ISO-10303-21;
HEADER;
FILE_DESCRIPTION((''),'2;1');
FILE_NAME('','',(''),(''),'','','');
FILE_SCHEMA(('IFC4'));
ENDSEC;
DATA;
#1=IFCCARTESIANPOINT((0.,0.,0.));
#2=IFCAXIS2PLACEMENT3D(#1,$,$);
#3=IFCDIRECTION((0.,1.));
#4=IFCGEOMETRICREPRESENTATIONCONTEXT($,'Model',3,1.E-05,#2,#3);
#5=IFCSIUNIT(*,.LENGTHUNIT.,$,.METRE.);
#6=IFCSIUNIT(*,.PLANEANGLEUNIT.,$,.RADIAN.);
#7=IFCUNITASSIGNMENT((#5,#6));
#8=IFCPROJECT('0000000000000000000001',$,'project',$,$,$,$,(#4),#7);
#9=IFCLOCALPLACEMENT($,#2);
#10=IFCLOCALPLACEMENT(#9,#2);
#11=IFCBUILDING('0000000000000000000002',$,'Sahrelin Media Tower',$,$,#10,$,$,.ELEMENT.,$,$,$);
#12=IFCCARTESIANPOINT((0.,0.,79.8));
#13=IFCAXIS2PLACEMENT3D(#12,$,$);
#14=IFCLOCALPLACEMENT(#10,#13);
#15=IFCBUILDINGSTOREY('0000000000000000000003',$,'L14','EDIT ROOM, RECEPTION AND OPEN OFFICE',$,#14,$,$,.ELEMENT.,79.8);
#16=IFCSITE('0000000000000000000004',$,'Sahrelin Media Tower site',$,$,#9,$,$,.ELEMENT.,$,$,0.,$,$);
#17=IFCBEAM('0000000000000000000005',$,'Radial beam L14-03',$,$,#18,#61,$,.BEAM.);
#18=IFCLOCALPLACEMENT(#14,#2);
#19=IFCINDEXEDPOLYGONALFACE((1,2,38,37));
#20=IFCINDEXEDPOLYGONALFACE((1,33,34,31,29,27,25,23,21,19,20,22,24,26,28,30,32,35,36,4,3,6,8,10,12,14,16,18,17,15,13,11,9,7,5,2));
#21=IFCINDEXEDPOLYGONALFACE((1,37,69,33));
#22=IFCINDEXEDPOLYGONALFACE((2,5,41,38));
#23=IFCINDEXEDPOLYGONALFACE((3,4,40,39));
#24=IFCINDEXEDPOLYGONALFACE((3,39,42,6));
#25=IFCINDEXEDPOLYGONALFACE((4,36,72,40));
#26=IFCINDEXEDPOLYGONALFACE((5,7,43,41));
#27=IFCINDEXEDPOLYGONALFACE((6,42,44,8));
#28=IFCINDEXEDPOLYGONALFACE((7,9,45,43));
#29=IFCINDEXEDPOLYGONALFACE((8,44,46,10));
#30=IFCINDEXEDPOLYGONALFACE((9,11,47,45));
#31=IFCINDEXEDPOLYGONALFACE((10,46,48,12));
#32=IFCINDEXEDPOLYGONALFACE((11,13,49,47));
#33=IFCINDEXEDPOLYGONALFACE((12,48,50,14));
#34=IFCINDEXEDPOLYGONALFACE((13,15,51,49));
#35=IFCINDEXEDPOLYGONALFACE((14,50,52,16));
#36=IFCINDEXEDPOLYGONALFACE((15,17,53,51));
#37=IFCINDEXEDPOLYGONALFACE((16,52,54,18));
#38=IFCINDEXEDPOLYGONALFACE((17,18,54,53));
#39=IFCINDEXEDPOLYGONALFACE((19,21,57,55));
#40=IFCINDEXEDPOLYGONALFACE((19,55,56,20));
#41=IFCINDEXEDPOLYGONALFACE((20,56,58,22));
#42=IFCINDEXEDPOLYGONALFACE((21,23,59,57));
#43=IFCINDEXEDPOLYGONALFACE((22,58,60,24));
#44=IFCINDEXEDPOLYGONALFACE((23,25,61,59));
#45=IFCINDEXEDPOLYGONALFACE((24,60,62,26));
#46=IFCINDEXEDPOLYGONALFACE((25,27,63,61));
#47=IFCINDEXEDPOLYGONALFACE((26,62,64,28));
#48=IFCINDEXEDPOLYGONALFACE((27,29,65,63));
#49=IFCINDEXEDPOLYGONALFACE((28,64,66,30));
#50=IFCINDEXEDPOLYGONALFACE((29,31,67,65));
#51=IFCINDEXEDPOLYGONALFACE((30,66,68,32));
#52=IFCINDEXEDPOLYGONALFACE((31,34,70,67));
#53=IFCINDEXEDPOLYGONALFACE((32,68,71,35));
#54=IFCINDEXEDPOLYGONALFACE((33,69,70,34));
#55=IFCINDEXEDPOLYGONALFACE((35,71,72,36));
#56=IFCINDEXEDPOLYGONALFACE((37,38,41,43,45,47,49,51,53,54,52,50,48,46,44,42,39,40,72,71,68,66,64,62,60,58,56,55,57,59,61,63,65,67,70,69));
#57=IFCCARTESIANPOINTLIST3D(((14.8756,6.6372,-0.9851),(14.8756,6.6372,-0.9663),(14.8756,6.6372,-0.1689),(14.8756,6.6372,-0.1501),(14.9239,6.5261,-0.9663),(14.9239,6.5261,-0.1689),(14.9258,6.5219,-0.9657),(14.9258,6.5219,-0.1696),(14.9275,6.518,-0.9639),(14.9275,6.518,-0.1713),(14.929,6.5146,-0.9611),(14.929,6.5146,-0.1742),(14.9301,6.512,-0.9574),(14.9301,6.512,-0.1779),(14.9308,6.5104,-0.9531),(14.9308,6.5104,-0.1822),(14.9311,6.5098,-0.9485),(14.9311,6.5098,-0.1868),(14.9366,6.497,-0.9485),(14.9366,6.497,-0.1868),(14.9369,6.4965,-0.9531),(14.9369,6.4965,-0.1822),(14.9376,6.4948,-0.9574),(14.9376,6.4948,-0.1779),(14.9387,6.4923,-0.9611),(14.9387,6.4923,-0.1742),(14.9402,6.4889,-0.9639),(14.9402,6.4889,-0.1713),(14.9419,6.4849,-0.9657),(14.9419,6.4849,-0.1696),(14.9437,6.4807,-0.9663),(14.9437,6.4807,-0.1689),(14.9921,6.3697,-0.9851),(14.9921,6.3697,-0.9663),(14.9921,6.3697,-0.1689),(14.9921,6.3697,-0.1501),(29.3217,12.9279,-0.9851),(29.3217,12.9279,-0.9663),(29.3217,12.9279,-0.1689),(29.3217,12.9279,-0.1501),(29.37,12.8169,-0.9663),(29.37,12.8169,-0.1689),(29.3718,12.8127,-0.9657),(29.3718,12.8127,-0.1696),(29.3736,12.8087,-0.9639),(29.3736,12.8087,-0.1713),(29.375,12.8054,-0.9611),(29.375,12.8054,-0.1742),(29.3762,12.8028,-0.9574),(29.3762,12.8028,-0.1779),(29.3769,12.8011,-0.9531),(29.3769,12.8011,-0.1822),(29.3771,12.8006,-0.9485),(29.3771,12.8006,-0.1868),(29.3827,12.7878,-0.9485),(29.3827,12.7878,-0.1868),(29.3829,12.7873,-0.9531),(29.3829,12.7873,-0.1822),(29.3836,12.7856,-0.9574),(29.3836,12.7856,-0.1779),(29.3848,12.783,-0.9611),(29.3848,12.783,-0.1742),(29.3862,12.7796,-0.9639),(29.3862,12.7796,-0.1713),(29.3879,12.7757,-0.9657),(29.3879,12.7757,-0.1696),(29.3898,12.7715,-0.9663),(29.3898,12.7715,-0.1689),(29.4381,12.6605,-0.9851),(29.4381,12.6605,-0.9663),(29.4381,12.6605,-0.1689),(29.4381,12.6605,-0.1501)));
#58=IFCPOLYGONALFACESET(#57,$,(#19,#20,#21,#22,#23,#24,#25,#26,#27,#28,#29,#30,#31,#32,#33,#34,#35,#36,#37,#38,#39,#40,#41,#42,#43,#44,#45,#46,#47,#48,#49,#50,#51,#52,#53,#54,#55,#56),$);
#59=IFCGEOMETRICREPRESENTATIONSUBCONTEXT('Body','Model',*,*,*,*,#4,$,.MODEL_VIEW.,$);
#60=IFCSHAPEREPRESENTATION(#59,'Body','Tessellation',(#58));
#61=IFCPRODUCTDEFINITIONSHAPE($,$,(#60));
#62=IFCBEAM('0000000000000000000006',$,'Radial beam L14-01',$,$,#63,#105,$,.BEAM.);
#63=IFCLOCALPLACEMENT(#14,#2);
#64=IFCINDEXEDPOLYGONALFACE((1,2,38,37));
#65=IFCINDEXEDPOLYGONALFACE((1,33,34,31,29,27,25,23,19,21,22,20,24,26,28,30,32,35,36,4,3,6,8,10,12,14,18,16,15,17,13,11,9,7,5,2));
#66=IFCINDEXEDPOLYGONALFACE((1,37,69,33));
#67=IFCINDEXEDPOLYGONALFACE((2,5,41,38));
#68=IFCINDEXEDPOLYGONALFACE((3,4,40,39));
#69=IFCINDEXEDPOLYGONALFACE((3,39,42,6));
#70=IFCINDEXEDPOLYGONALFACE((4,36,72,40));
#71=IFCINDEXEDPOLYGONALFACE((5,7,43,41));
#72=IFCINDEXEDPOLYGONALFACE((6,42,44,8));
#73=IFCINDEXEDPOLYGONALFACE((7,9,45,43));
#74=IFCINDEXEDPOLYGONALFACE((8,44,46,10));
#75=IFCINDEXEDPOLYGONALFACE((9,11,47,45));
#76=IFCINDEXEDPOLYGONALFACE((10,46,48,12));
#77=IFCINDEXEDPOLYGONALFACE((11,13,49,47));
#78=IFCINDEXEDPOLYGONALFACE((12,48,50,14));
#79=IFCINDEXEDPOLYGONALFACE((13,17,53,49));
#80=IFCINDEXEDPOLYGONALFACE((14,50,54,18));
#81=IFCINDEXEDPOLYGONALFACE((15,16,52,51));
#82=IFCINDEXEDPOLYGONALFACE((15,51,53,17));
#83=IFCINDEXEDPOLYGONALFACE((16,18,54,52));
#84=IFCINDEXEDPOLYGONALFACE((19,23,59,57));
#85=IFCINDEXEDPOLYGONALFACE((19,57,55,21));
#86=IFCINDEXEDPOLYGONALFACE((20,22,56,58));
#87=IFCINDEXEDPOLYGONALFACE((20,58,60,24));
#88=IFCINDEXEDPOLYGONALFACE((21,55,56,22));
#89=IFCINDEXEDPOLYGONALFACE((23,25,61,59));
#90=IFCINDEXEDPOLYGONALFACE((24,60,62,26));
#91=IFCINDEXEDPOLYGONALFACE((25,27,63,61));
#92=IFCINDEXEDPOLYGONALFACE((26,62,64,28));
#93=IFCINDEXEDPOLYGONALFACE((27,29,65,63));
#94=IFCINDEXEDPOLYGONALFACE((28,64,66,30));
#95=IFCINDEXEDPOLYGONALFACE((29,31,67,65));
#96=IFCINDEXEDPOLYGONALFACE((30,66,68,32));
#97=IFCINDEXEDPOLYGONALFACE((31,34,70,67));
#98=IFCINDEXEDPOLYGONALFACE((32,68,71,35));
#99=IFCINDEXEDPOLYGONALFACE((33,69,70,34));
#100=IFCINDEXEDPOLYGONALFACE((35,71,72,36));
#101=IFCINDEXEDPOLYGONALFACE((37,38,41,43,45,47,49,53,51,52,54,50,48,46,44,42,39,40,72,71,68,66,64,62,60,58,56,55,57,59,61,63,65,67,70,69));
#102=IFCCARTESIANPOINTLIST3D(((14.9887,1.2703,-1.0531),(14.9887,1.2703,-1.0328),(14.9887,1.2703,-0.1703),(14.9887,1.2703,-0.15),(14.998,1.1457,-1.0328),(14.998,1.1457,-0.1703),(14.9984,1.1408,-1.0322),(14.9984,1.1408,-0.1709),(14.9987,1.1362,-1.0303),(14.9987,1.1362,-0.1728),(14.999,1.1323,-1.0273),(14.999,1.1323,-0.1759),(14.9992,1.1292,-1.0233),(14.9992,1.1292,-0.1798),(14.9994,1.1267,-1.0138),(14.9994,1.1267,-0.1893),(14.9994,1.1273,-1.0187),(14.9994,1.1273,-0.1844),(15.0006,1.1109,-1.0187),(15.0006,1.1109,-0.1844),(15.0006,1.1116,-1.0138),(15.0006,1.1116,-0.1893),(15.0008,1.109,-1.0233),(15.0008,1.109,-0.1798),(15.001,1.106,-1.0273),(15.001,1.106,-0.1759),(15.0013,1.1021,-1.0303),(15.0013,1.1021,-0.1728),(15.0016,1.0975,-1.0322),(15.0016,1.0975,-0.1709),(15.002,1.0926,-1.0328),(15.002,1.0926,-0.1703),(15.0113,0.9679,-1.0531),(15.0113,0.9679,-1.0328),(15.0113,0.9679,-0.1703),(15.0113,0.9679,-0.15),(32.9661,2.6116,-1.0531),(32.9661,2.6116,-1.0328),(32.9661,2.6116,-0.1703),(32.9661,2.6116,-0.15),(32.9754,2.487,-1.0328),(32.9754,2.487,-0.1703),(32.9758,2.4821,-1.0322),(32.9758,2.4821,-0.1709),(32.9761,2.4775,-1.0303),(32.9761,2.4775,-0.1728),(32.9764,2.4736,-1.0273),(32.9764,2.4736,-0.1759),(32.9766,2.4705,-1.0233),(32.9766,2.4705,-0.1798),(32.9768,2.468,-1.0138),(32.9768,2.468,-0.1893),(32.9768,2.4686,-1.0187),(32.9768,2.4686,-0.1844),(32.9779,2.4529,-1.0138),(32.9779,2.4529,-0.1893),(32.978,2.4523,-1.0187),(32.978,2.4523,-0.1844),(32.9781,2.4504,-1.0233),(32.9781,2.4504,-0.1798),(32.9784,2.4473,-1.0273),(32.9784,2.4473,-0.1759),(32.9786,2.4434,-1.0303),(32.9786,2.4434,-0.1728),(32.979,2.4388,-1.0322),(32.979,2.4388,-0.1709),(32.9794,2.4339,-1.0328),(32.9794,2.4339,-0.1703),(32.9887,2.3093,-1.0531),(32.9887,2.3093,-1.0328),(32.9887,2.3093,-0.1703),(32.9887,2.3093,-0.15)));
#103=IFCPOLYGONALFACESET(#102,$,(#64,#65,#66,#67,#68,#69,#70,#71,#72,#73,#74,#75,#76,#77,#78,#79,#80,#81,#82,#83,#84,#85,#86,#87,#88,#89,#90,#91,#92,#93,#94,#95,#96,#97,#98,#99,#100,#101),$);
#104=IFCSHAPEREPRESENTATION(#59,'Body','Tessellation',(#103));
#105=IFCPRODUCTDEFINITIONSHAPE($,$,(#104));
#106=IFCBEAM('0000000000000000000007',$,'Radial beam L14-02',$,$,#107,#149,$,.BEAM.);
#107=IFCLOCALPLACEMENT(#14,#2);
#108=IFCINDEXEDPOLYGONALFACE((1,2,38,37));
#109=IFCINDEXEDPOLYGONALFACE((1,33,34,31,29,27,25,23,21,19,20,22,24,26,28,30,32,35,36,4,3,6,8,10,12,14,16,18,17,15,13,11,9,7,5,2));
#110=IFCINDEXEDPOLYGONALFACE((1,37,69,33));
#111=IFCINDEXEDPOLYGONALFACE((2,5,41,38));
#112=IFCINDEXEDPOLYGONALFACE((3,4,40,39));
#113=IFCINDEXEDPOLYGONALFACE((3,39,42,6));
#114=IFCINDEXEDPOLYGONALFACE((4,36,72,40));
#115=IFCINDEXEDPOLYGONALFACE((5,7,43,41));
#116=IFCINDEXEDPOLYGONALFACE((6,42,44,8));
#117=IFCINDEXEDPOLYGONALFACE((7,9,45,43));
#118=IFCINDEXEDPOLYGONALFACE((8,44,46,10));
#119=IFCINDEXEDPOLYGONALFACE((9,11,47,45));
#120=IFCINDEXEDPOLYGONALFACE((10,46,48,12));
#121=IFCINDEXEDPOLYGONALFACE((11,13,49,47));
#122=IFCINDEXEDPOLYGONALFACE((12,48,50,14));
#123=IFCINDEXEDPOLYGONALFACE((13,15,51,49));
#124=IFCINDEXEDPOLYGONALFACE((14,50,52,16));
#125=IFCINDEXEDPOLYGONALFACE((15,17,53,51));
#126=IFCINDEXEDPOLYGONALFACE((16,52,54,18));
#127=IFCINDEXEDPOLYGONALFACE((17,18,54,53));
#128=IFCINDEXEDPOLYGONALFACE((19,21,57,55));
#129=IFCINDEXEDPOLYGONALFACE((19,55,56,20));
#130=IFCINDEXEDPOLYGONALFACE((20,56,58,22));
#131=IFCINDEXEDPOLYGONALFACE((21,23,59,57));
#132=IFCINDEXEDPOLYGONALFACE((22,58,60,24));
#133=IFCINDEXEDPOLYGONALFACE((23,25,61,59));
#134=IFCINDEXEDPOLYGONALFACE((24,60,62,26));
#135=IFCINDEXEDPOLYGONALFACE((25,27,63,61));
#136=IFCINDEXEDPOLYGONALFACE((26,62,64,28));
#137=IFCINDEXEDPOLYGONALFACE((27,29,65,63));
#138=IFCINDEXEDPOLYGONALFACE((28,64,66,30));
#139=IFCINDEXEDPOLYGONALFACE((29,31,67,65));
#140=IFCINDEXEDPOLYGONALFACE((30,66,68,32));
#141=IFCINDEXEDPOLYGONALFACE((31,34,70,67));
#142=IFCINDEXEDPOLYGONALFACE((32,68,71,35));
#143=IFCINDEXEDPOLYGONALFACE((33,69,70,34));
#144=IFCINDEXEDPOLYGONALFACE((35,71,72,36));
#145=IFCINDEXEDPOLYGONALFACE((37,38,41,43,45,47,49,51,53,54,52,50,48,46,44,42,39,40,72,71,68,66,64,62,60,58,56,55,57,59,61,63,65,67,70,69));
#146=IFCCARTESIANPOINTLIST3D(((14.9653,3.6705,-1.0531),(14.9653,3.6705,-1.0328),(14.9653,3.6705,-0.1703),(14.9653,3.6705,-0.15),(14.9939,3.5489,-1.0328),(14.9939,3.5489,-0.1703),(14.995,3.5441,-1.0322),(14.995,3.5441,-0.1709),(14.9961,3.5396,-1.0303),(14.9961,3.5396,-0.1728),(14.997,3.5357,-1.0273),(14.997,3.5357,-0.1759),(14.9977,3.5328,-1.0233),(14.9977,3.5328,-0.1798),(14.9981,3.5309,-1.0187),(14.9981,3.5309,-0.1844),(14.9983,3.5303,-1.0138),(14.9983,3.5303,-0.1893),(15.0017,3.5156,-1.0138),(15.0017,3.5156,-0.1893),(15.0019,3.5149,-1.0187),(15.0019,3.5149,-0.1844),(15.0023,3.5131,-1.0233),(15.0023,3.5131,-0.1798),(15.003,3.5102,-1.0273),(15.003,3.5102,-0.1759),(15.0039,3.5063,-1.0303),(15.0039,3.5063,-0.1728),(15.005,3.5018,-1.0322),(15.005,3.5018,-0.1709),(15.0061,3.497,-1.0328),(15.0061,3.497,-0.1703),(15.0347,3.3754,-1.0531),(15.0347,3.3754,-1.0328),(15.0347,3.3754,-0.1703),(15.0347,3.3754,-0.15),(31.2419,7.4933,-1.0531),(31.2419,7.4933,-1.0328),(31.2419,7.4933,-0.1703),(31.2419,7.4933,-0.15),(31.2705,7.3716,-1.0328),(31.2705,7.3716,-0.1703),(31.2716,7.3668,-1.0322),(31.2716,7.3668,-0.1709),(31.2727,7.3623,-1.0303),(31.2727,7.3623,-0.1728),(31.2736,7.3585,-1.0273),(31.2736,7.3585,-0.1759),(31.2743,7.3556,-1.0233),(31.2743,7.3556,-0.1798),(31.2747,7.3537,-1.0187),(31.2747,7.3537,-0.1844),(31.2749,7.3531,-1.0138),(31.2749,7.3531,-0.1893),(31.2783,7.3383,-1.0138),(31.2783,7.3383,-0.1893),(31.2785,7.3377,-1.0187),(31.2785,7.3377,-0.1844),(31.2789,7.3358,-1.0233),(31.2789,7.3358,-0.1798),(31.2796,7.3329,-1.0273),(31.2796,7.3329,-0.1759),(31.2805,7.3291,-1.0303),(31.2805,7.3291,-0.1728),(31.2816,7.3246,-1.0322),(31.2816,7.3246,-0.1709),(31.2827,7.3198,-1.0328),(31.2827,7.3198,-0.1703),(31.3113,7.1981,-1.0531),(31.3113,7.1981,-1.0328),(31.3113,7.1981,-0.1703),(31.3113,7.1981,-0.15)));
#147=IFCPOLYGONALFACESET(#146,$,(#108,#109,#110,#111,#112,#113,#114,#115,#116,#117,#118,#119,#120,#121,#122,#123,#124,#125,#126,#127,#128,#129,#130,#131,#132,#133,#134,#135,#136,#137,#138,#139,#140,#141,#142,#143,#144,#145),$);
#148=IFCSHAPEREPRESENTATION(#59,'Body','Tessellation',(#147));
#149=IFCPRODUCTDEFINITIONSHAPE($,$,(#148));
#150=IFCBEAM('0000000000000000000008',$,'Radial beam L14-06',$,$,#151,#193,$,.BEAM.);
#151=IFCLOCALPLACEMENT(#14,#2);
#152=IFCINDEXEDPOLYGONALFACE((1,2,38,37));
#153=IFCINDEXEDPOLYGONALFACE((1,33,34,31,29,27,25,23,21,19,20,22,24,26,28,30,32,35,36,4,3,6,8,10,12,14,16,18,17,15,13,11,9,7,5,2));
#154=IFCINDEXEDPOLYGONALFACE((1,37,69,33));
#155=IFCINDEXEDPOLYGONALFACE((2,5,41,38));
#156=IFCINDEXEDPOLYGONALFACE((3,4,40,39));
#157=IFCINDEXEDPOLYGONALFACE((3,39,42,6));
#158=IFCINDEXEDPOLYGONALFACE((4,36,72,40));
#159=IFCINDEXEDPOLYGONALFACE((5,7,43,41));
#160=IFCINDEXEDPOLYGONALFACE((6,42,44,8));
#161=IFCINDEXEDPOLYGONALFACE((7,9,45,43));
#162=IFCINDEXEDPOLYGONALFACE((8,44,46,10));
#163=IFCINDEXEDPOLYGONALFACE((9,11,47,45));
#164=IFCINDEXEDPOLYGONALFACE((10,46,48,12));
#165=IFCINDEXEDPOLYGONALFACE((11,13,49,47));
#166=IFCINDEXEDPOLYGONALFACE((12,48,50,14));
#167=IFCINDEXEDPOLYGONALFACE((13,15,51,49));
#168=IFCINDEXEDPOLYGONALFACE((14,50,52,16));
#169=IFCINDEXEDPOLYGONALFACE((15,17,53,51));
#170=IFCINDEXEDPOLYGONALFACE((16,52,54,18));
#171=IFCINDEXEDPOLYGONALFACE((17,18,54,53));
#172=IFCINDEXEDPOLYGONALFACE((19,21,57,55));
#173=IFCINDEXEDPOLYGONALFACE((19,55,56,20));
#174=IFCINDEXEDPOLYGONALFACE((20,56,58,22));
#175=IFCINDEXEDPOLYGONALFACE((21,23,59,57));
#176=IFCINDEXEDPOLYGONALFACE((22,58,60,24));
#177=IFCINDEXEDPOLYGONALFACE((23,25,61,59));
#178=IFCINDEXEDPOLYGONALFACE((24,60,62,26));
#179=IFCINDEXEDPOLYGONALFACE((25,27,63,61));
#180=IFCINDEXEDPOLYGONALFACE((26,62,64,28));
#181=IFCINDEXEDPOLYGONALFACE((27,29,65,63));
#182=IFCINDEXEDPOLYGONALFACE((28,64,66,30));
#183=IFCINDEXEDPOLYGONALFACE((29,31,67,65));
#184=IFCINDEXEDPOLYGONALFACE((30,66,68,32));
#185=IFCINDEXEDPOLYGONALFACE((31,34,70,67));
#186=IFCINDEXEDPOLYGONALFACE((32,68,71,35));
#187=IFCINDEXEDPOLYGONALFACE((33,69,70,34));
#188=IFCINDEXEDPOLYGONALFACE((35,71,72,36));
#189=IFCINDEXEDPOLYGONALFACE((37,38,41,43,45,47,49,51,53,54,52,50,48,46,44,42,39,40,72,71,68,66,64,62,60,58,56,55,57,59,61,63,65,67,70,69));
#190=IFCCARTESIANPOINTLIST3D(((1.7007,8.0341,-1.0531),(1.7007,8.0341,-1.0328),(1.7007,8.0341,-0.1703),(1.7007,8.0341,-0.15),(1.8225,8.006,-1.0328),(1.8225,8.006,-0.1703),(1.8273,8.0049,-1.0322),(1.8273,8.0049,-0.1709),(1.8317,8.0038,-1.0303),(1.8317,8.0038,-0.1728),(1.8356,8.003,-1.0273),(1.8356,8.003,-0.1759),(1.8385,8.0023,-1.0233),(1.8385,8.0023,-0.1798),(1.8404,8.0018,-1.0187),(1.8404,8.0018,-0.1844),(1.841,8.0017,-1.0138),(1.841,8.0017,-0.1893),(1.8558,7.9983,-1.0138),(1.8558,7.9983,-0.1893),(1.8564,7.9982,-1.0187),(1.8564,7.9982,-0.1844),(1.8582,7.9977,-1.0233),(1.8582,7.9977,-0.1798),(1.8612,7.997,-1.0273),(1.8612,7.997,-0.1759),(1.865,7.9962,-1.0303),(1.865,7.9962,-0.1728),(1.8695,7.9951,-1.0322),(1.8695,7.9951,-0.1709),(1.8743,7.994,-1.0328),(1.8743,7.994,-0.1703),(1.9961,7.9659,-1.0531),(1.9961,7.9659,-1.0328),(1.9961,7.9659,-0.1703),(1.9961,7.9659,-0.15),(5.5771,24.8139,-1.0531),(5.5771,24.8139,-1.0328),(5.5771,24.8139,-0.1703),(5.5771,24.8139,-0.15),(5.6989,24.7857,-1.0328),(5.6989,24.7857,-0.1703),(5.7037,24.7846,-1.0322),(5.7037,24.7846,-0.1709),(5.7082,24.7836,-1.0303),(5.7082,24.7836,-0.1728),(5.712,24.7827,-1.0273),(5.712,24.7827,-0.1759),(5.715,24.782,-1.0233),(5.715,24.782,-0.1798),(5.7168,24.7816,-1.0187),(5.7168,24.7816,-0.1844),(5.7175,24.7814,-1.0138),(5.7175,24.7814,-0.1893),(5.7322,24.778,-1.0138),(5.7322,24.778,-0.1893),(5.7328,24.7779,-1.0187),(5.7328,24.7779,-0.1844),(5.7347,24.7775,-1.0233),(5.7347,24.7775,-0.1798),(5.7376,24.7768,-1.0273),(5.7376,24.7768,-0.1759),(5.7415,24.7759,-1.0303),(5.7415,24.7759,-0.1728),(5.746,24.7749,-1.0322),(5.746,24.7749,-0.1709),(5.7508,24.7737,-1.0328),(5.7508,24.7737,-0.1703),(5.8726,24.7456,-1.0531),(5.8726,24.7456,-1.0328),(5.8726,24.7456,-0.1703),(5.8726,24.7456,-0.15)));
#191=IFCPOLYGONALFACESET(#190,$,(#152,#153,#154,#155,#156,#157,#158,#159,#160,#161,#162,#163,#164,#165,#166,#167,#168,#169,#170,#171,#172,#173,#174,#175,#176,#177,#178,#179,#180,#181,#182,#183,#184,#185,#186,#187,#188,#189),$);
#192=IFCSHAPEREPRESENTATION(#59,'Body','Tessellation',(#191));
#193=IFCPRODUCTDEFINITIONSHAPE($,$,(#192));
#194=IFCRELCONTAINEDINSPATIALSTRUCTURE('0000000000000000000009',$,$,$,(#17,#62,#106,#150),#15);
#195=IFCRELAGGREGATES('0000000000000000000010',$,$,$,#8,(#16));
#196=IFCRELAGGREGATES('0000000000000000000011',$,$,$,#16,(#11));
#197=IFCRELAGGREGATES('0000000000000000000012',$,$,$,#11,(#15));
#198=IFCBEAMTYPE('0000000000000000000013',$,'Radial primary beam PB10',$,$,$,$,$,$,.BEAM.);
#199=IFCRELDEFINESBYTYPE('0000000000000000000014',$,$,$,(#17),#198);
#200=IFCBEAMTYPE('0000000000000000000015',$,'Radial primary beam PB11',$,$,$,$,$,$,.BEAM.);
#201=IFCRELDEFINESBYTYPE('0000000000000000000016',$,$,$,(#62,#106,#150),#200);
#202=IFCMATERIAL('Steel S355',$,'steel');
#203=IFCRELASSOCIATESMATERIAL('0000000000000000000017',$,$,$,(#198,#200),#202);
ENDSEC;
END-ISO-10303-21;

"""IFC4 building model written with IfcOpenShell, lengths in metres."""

from ifc_helpers import new_model, si_unit, direction, frame, origin, origin_2d, place, context, subcontext, project, spatial, i_section, extrude, material, material_profile, profile_set, type_object, element, save


model = new_model("IFC4")

# Units and contexts
model_context = context("Model", 3, precision=1e-05, world=origin(), true_north=direction((0.0, 1.0)))
body_context = subcontext(model_context, "Body", "Model", "MODEL_VIEW")
ifc_project = project(units=[si_unit("LENGTHUNIT", "METRE"), si_unit("PLANEANGLEUNIT", "RADIAN")], contexts=[model_context])

# Site, building, storey
site_placement = place(None, origin())
site = spatial("IfcSite", under=ifc_project, at=site_placement, Name="Sahrelin Media Tower site", CompositionType="ELEMENT", RefElevation=0.0)
building_placement = place(site_placement, origin())
building = spatial("IfcBuilding", under=site, at=building_placement, Name="Sahrelin Media Tower", CompositionType="ELEMENT")
storey_placement = place(building_placement, frame((0.0, 0.0, 79.8)))
storey = spatial("IfcBuildingStorey", under=building, at=storey_placement, Name="L14", Description="EDIT ROOM, RECEPTION AND OPEN OFFICE", CompositionType="ELEMENT", Elevation=79.8)

# Beams
ifc_material_1 = material(Name="Steel S355", Category="steel")
ifc_material_profile_1 = material_profile(ifc_material_1, i_section(OverallWidth=0.2917, OverallDepth=0.835, WebThickness=0.0139, FlangeThickness=0.0188, FilletRadius=0.0178, at=origin_2d()), Name="UB 838x292x176")
ifc_profile_set_1 = profile_set([ifc_material_profile_1], Name="Steel S355")
beam_type_1 = type_object("IfcBeamType", Name="Radial primary beam PB10", PredefinedType="BEAM", material=ifc_profile_set_1)
beam_1_placement = place(storey_placement, frame((14.9338, 6.5034, -0.5676), z_axis=(0.916841, 0.399254, 0.0), x_axis=(-0.399254, 0.916841, 0.0)))
element("IfcBeam", 1, at=beam_1_placement, inside=storey, type_object=beam_type_1, Name="Radial beam L14-03", PredefinedType="BEAM", context=body_context, shape_type="SweptSolid", body=[
    extrude(i_section(OverallWidth=0.2917, OverallDepth=0.835, WebThickness=0.0139, FlangeThickness=0.0188, FilletRadius=0.0178, at=origin_2d()), origin(), (0.0, 0.0, 1.0), 15.7563),
])
ifc_material_profile_2 = material_profile(ifc_material_1, i_section(OverallWidth=0.3032, OverallDepth=0.9031, WebThickness=0.0151, FlangeThickness=0.0203, FilletRadius=0.019, at=origin_2d()), Name="UB 914x305x201")
ifc_profile_set_2 = profile_set([ifc_material_profile_2], Name="Steel S355")
beam_type_2 = type_object("IfcBeamType", Name="Radial primary beam PB11", PredefinedType="BEAM", material=ifc_profile_set_2)
beam_2_placement = place(storey_placement, frame((15.0, 1.1191, -0.6016), z_axis=(0.997228, 0.074404, 0.0), x_axis=(-0.074404, 0.997228, 0.0)))
element("IfcBeam", 2, at=beam_2_placement, inside=storey, type_object=beam_type_2, Name="Radial beam L14-01", PredefinedType="BEAM", context=body_context, shape_type="SweptSolid", body=[
    extrude(i_section(OverallWidth=0.3032, OverallDepth=0.9031, WebThickness=0.0151, FlangeThickness=0.0203, FilletRadius=0.019, at=origin_2d()), origin(), (0.0, 0.0, 1.0), 18.0273),
])
beam_3_placement = place(storey_placement, frame((15.0, 3.5229, -0.6016), z_axis=(0.973511, 0.228641, 0.0), x_axis=(-0.228641, 0.973511, 0.0)))
element("IfcBeam", 3, at=beam_3_placement, inside=storey, type_object=beam_type_2, Name="Radial beam L14-02", PredefinedType="BEAM", context=body_context, shape_type="SweptSolid", body=[
    extrude(i_section(OverallWidth=0.3032, OverallDepth=0.9031, WebThickness=0.0151, FlangeThickness=0.0203, FilletRadius=0.019, at=origin_2d()), origin(), (0.0, 0.0, 1.0), 16.7195),
])
beam_4_placement = place(storey_placement, frame((1.8484, 8.0, -0.6016), z_axis=(0.225091, 0.974338, 0.0), x_axis=(-0.974338, 0.225091, 0.0)))
element("IfcBeam", 4, at=beam_4_placement, inside=storey, type_object=beam_type_2, Name="Radial beam L14-06", PredefinedType="BEAM", context=body_context, shape_type="SweptSolid", body=[
    extrude(i_section(OverallWidth=0.3032, OverallDepth=0.9031, WebThickness=0.0151, FlangeThickness=0.0203, FilletRadius=0.019, at=origin_2d()), origin(), (0.0, 0.0, 1.0), 17.2217),
])

save(model, "model.ifc")
